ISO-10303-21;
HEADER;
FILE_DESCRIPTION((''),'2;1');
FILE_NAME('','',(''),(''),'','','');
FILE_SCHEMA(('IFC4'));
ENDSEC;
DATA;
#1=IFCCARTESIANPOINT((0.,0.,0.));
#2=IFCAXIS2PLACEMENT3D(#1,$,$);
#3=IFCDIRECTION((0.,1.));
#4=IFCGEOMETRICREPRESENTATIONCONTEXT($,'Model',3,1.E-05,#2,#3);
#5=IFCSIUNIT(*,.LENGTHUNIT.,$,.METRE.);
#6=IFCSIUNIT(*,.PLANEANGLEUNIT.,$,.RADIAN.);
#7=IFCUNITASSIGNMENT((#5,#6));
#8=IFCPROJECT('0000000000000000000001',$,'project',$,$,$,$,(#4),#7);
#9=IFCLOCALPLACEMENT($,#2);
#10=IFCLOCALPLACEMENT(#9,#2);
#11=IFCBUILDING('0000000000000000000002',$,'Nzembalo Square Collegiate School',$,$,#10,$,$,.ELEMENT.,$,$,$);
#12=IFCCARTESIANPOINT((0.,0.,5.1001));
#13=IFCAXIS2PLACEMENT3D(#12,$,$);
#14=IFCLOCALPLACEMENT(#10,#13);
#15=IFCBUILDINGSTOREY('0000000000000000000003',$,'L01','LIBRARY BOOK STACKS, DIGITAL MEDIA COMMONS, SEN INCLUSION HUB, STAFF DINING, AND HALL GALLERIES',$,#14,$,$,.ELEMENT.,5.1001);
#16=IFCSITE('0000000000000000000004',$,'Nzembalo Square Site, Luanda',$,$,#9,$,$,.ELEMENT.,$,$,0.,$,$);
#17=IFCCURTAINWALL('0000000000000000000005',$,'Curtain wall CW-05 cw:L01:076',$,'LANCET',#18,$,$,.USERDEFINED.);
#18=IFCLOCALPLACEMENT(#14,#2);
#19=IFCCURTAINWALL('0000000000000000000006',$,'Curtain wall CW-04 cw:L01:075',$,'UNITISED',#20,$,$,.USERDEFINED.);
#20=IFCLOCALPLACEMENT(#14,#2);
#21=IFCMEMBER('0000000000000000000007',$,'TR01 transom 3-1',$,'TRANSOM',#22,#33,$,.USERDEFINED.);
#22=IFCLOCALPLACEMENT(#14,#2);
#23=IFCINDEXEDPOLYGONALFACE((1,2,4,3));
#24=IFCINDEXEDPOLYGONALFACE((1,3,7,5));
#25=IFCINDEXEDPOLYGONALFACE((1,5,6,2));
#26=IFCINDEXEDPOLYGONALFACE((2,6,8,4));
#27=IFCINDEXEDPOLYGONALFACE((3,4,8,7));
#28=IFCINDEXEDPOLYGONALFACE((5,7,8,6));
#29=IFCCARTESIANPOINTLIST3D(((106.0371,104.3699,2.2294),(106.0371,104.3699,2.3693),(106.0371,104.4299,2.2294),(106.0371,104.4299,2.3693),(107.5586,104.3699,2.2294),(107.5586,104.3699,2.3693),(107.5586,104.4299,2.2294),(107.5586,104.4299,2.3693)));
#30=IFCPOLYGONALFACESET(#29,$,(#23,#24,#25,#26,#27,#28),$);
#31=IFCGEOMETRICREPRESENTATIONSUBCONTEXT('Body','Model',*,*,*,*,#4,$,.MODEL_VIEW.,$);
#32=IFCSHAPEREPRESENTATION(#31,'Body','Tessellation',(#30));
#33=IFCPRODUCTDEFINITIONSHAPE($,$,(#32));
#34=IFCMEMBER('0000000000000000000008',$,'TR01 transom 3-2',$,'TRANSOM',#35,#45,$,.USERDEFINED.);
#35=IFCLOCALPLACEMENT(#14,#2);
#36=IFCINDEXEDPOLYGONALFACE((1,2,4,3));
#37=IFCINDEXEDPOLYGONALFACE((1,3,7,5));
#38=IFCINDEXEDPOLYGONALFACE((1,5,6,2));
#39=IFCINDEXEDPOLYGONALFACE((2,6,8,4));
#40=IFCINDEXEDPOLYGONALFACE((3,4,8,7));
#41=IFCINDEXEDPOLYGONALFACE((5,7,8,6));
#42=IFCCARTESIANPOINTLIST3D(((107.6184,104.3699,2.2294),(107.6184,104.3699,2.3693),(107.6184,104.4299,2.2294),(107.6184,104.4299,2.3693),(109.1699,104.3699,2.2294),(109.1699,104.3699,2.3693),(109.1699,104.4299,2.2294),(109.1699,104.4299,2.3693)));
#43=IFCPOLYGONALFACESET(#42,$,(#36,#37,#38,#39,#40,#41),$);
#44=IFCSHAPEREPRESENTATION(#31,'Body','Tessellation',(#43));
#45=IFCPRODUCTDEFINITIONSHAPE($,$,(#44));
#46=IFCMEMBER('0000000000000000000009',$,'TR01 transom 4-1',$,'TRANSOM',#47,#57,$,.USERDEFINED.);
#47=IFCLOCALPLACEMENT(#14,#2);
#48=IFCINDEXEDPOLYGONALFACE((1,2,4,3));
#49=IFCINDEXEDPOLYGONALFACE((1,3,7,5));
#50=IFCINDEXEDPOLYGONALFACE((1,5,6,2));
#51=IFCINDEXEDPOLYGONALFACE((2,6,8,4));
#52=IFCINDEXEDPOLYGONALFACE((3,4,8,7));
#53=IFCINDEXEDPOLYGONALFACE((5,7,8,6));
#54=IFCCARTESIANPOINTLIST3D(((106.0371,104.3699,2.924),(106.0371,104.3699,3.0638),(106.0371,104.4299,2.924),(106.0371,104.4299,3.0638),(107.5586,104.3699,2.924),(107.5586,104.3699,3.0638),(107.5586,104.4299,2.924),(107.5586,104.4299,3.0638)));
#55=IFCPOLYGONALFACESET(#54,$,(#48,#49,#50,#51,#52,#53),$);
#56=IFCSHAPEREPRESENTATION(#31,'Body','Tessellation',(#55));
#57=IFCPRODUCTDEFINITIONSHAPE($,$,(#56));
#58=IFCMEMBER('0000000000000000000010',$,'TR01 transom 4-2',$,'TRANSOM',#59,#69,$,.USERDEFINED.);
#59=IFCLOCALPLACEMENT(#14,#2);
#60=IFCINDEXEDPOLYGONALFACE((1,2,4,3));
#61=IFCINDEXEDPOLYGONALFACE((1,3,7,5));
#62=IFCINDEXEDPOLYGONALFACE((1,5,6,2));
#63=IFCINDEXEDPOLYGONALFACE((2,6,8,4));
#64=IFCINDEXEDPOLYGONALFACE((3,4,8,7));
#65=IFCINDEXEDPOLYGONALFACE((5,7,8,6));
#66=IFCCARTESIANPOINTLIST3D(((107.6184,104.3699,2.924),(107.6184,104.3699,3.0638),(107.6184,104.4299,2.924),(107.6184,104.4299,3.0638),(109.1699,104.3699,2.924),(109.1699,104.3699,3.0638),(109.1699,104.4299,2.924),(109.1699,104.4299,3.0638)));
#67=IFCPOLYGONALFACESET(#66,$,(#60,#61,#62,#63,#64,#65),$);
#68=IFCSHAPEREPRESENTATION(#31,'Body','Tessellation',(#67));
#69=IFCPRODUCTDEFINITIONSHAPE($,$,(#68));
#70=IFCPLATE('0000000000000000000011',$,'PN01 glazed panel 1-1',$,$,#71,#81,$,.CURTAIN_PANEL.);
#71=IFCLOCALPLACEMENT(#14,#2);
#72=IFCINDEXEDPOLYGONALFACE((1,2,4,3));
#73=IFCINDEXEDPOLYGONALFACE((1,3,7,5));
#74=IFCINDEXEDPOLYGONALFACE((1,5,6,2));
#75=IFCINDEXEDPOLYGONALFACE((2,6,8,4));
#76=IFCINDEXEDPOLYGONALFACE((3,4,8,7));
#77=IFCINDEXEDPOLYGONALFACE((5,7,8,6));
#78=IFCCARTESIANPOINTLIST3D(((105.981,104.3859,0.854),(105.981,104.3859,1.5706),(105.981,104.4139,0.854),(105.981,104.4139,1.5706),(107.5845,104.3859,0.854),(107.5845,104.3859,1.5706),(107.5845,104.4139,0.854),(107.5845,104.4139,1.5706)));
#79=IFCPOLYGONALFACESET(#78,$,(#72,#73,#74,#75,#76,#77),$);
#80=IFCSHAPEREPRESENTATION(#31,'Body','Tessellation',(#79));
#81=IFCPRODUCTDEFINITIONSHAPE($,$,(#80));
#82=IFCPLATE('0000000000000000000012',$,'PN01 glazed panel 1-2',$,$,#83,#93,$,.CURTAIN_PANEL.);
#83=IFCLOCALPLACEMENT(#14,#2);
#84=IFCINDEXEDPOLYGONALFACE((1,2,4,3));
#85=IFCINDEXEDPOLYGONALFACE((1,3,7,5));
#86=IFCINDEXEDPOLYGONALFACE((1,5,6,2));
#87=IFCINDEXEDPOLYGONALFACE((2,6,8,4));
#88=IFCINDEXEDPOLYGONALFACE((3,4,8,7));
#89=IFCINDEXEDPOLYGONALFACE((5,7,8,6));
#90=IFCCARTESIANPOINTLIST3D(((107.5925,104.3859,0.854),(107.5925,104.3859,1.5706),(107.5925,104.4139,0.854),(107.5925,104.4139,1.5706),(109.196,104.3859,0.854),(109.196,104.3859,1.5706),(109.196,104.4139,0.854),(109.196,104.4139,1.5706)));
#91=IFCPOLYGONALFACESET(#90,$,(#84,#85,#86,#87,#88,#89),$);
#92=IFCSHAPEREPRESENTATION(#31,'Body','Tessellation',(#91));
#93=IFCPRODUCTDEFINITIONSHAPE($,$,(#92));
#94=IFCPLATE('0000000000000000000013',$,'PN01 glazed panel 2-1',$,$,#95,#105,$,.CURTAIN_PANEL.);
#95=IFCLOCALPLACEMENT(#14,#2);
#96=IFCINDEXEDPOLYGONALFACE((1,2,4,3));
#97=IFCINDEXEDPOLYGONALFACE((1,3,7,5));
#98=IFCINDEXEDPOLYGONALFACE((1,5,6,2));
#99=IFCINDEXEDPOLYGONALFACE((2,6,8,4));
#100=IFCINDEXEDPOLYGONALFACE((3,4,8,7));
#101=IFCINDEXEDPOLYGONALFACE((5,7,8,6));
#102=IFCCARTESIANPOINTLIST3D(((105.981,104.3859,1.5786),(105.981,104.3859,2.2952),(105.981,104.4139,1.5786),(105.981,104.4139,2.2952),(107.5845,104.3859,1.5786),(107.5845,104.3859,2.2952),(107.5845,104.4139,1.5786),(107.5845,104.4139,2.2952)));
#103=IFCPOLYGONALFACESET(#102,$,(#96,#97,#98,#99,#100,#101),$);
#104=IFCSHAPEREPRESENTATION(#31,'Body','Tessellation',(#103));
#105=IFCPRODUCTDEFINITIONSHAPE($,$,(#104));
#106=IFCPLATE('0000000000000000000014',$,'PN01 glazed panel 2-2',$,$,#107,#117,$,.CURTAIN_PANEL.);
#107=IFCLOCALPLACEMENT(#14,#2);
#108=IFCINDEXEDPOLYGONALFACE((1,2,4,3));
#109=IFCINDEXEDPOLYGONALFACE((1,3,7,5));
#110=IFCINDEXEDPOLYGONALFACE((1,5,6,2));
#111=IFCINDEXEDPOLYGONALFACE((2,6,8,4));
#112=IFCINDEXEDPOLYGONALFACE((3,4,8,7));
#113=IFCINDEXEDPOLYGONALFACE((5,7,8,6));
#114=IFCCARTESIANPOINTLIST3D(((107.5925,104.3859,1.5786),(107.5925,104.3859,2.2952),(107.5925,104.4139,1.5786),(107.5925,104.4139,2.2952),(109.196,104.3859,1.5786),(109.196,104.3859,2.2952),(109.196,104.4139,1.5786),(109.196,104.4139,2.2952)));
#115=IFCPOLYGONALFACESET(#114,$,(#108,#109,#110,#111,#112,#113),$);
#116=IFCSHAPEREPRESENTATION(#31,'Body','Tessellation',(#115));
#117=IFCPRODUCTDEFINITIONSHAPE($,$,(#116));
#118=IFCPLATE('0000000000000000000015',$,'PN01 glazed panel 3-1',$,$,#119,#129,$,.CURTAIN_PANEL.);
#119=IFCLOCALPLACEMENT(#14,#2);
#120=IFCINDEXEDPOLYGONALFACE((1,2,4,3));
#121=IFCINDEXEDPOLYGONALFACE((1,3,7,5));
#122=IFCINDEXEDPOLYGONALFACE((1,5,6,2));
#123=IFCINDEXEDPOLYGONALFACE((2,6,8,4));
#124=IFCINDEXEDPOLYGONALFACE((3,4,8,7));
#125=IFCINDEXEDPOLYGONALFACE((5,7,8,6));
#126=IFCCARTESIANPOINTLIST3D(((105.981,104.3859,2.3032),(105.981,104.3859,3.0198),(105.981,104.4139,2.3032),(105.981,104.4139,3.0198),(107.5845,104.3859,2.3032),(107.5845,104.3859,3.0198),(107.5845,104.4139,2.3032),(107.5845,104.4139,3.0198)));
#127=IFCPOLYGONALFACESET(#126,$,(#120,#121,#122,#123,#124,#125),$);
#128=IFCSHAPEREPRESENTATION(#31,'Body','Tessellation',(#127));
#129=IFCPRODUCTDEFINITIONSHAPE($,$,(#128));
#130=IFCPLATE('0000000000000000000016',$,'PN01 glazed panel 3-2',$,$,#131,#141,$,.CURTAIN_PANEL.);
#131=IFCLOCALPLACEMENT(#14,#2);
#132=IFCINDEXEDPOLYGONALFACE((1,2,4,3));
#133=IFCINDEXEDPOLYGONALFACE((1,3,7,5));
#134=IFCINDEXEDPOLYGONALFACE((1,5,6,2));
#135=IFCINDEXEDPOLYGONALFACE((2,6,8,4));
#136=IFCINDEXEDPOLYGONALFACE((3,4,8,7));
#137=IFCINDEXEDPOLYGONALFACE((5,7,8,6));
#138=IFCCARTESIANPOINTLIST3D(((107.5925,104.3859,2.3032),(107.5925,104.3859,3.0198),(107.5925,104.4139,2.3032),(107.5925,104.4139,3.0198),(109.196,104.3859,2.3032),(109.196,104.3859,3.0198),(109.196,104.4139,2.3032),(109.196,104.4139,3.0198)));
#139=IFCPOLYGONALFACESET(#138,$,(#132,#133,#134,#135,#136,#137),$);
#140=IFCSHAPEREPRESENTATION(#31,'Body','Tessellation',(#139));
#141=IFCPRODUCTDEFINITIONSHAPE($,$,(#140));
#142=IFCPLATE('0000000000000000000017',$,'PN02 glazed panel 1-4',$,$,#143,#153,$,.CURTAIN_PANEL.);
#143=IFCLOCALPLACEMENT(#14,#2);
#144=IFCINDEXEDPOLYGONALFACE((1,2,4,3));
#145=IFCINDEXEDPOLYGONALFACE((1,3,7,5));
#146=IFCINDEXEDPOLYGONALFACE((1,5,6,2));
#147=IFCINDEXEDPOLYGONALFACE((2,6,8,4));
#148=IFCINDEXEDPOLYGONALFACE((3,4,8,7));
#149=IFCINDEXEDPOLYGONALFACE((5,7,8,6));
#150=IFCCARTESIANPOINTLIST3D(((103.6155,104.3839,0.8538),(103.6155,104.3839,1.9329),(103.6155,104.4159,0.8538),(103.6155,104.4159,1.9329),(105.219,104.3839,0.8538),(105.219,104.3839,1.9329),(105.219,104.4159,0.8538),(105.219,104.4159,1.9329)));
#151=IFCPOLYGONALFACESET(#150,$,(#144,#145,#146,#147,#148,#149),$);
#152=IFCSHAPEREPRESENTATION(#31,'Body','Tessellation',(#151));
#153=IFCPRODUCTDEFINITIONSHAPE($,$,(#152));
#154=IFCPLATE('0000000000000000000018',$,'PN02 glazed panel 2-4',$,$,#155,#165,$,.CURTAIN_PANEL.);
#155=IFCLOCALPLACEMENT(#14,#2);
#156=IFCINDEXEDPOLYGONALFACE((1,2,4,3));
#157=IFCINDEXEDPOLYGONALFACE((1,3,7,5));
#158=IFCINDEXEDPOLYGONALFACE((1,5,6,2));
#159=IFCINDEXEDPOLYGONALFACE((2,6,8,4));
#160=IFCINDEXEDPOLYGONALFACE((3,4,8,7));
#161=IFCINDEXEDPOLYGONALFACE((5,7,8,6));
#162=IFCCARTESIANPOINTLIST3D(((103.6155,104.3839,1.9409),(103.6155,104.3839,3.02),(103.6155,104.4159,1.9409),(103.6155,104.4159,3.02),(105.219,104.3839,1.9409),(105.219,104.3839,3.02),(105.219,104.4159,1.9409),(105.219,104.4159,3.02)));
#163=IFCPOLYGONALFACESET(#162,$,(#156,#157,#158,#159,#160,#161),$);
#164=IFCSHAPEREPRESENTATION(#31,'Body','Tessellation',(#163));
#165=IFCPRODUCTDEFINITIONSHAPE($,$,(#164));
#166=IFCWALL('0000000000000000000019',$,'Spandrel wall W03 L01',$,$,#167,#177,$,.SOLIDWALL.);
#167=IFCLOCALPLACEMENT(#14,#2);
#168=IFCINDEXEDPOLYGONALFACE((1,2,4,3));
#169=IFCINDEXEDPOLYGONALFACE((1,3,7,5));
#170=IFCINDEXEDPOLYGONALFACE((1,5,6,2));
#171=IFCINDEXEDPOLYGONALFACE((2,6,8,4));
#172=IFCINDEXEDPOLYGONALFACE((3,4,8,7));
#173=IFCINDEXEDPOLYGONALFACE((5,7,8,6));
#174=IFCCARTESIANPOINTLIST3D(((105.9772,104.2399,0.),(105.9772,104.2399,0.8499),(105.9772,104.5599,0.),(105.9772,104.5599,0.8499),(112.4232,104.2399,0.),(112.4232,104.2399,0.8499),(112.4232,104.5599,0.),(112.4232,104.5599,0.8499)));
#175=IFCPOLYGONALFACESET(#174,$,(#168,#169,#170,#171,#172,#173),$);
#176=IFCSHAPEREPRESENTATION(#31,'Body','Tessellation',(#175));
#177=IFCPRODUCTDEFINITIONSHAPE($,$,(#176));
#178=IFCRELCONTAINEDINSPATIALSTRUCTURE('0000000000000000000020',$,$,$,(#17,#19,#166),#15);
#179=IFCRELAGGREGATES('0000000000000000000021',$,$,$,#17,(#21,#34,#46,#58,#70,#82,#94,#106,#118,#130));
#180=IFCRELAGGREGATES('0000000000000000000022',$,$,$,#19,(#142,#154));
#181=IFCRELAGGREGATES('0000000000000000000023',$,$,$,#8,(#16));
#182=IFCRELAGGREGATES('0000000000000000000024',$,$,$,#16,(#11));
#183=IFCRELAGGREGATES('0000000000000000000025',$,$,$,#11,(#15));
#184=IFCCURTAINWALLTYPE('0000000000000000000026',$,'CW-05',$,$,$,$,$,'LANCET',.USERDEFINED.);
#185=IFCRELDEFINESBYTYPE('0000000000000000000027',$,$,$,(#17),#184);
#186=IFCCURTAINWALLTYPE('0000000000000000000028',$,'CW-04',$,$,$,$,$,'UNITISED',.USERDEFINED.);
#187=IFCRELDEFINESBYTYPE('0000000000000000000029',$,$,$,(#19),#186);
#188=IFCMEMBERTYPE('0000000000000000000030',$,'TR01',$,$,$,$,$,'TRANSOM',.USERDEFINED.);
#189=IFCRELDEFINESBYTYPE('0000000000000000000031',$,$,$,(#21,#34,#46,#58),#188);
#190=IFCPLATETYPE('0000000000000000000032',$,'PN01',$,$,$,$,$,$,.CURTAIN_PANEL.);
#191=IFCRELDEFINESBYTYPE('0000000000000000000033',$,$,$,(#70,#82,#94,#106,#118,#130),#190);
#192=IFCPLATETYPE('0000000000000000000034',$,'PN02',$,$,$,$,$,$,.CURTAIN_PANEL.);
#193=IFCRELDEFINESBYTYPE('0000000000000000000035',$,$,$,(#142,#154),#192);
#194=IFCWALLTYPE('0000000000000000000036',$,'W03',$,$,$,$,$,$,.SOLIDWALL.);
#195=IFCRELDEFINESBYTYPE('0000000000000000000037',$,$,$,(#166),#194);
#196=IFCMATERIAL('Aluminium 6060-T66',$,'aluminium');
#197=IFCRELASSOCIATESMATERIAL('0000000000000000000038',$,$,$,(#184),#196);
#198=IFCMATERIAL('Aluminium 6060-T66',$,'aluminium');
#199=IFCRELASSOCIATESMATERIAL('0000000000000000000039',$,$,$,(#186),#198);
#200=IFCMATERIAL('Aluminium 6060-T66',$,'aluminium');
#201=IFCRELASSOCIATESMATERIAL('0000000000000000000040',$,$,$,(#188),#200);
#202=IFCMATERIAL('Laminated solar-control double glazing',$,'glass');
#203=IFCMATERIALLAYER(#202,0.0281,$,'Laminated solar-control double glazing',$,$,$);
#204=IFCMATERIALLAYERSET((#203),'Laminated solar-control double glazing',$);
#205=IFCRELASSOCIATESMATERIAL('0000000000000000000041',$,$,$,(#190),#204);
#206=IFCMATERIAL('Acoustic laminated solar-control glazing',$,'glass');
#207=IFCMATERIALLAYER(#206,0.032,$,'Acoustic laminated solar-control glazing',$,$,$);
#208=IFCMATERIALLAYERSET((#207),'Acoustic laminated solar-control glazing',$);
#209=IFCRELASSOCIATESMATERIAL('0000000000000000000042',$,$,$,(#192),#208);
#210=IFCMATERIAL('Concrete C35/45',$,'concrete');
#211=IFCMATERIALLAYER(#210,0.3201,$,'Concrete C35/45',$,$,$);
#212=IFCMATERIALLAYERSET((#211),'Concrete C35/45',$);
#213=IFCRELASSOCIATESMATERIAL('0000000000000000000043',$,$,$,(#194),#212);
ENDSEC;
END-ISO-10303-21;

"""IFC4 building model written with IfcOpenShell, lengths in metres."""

from ifc_helpers import new_model, si_unit, direction, frame, frame_2d, origin, origin_2d, place, context, subcontext, project, spatial, rectangle, extrude, material, layer, layer_set, material_profile, profile_set, type_object, element, aggregate, save


model = new_model("IFC4")

# Units and contexts
model_context = context("Model", 3, precision=1e-05, world=origin(), true_north=direction((0.0, 1.0)))
body_context = subcontext(model_context, "Body", "Model", "MODEL_VIEW")
ifc_project = project(units=[si_unit("LENGTHUNIT", "METRE"), si_unit("PLANEANGLEUNIT", "RADIAN")], contexts=[model_context])

# Site, building, storey
site_placement = place(None, origin())
site = spatial("IfcSite", under=ifc_project, at=site_placement, Name="Nzembalo Square Site, Luanda", CompositionType="ELEMENT", RefElevation=0.0)
building_placement = place(site_placement, origin())
building = spatial("IfcBuilding", under=site, at=building_placement, Name="Nzembalo Square Collegiate School", CompositionType="ELEMENT")
storey_placement = place(building_placement, frame((0.0, 0.0, 5.1001)))
storey = spatial("IfcBuildingStorey", under=building, at=storey_placement, Name="L01", Description="LIBRARY BOOK STACKS, DIGITAL MEDIA COMMONS, SEN INCLUSION HUB, STAFF DINING, AND HALL GALLERIES", CompositionType="ELEMENT", Elevation=5.1001)

# Curtain wall
ifc_material_1 = material(Name="Aluminium 6060-T66", Category="aluminium")
curtain_wall_type_1 = type_object("IfcCurtainWallType", Name="CW-05", ElementType="LANCET", PredefinedType="USERDEFINED", material=ifc_material_1)
curtain_wall_1_placement = place(storey_placement, origin())
curtain_wall_1 = element("IfcCurtainWall", 1, at=curtain_wall_1_placement, inside=storey, type_object=curtain_wall_type_1, Name="Curtain wall CW-05 cw:L01:076", ObjectType="LANCET", PredefinedType="USERDEFINED")

# Curtain wall
ifc_material_2 = material(Name="Aluminium 6060-T66", Category="aluminium")
curtain_wall_type_2 = type_object("IfcCurtainWallType", Name="CW-04", ElementType="UNITISED", PredefinedType="USERDEFINED", material=ifc_material_2)
curtain_wall_2_placement = place(storey_placement, origin())
curtain_wall_2 = element("IfcCurtainWall", 2, at=curtain_wall_2_placement, inside=storey, type_object=curtain_wall_type_2, Name="Curtain wall CW-04 cw:L01:075", ObjectType="UNITISED", PredefinedType="USERDEFINED")

# Members
ifc_material_3 = material(Name="Aluminium 6060-T66", Category="aluminium")
ifc_material_profile_1 = material_profile(ifc_material_3, rectangle(XDim=0.0601, YDim=0.1399, at=origin_2d()), Name="ALU T60x140")
ifc_profile_set_1 = profile_set([ifc_material_profile_1], Name="Aluminium 6060-T66")
member_type_1 = type_object("IfcMemberType", Name="TR01", ElementType="TRANSOM", PredefinedType="USERDEFINED", material=ifc_profile_set_1)
member_1_placement = place(storey_placement, frame((106.0371, 104.3999, 2.2993), z_axis=(1.0, 0.0, 0.0), x_axis=(0.0, 1.0, 0.0)))
member_1 = element("IfcMember", 3, at=member_1_placement, type_object=member_type_1, Name="TR01 transom 3-1", ObjectType="TRANSOM", PredefinedType="USERDEFINED", context=body_context, shape_type="SweptSolid", body=[
    extrude(rectangle(XDim=0.0601, YDim=0.1399, at=origin_2d()), origin(), (0.0, 0.0, 1.0), 1.5215),
])
member_2_placement = place(storey_placement, frame((107.6184, 104.3999, 2.2993), z_axis=(1.0, 0.0, 0.0), x_axis=(0.0, 1.0, 0.0)))
member_2 = element("IfcMember", 4, at=member_2_placement, type_object=member_type_1, Name="TR01 transom 3-2", ObjectType="TRANSOM", PredefinedType="USERDEFINED", context=body_context, shape_type="SweptSolid", body=[
    extrude(rectangle(XDim=0.0601, YDim=0.1399, at=origin_2d()), origin(), (0.0, 0.0, 1.0), 1.5515),
])
member_3_placement = place(storey_placement, frame((106.0371, 104.3999, 2.9939), z_axis=(1.0, 0.0, 0.0), x_axis=(0.0, 1.0, 0.0)))
member_3 = element("IfcMember", 5, at=member_3_placement, type_object=member_type_1, Name="TR01 transom 4-1", ObjectType="TRANSOM", PredefinedType="USERDEFINED", context=body_context, shape_type="SweptSolid", body=[
    extrude(rectangle(XDim=0.0601, YDim=0.1399, at=origin_2d()), origin(), (0.0, 0.0, 1.0), 1.5215),
])
member_4_placement = place(storey_placement, frame((107.6184, 104.3999, 2.9939), z_axis=(1.0, 0.0, 0.0), x_axis=(0.0, 1.0, 0.0)))
member_4 = element("IfcMember", 6, at=member_4_placement, type_object=member_type_1, Name="TR01 transom 4-2", ObjectType="TRANSOM", PredefinedType="USERDEFINED", context=body_context, shape_type="SweptSolid", body=[
    extrude(rectangle(XDim=0.0601, YDim=0.1399, at=origin_2d()), origin(), (0.0, 0.0, 1.0), 1.5515),
])

# Plates
ifc_material_4 = material(Name="Laminated solar-control double glazing", Category="glass")
ifc_layer_1 = layer(ifc_material_4, 0.0281, Name="Laminated solar-control double glazing")
ifc_layer_set_1 = layer_set([ifc_layer_1], Name="Laminated solar-control double glazing")
plate_type_1 = type_object("IfcPlateType", Name="PN01", PredefinedType="CURTAIN_PANEL", material=ifc_layer_set_1)
plate_1_placement = place(storey_placement, frame((106.7827, 104.3999, 0.854), z_axis=(0.0, 0.0, 1.0), x_axis=(1.0, 0.0, 0.0)))
plate_1 = element("IfcPlate", 7, at=plate_1_placement, type_object=plate_type_1, Name="PN01 glazed panel 1-1", PredefinedType="CURTAIN_PANEL", context=body_context, shape_type="SweptSolid", body=[
    extrude(rectangle(XDim=1.6035, YDim=0.0281, at=origin_2d()), origin(), (0.0, 0.0, 1.0), 0.7166),
])
plate_2_placement = place(storey_placement, frame((108.3943, 104.3999, 0.854), z_axis=(0.0, 0.0, 1.0), x_axis=(1.0, 0.0, 0.0)))
plate_2 = element("IfcPlate", 8, at=plate_2_placement, type_object=plate_type_1, Name="PN01 glazed panel 1-2", PredefinedType="CURTAIN_PANEL", context=body_context, shape_type="SweptSolid", body=[
    extrude(rectangle(XDim=1.6035, YDim=0.0281, at=origin_2d()), origin(), (0.0, 0.0, 1.0), 0.7166),
])
plate_3_placement = place(storey_placement, frame((106.7827, 104.3999, 1.5786), z_axis=(0.0, 0.0, 1.0), x_axis=(1.0, 0.0, 0.0)))
plate_3 = element("IfcPlate", 9, at=plate_3_placement, type_object=plate_type_1, Name="PN01 glazed panel 2-1", PredefinedType="CURTAIN_PANEL", context=body_context, shape_type="SweptSolid", body=[
    extrude(rectangle(XDim=1.6035, YDim=0.0281, at=origin_2d()), origin(), (0.0, 0.0, 1.0), 0.7166),
])
plate_4_placement = place(storey_placement, frame((108.3943, 104.3999, 1.5786), z_axis=(0.0, 0.0, 1.0), x_axis=(1.0, 0.0, 0.0)))
plate_4 = element("IfcPlate", 10, at=plate_4_placement, type_object=plate_type_1, Name="PN01 glazed panel 2-2", PredefinedType="CURTAIN_PANEL", context=body_context, shape_type="SweptSolid", body=[
    extrude(rectangle(XDim=1.6035, YDim=0.0281, at=origin_2d()), origin(), (0.0, 0.0, 1.0), 0.7166),
])
plate_5_placement = place(storey_placement, frame((106.7827, 104.3999, 2.3032), z_axis=(0.0, 0.0, 1.0), x_axis=(1.0, 0.0, 0.0)))
plate_5 = element("IfcPlate", 11, at=plate_5_placement, type_object=plate_type_1, Name="PN01 glazed panel 3-1", PredefinedType="CURTAIN_PANEL", context=body_context, shape_type="SweptSolid", body=[
    extrude(rectangle(XDim=1.6035, YDim=0.0281, at=origin_2d()), origin(), (0.0, 0.0, 1.0), 0.7166),
])
plate_6_placement = place(storey_placement, frame((108.3943, 104.3999, 2.3032), z_axis=(0.0, 0.0, 1.0), x_axis=(1.0, 0.0, 0.0)))
plate_6 = element("IfcPlate", 12, at=plate_6_placement, type_object=plate_type_1, Name="PN01 glazed panel 3-2", PredefinedType="CURTAIN_PANEL", context=body_context, shape_type="SweptSolid", body=[
    extrude(rectangle(XDim=1.6035, YDim=0.0281, at=origin_2d()), origin(), (0.0, 0.0, 1.0), 0.7166),
])
aggregate(curtain_wall_1, [member_1, member_2, member_3, member_4, plate_1, plate_2, plate_3, plate_4, plate_5, plate_6])
ifc_material_5 = material(Name="Acoustic laminated solar-control glazing", Category="glass")
ifc_layer_2 = layer(ifc_material_5, 0.032, Name="Acoustic laminated solar-control glazing")
ifc_layer_set_2 = layer_set([ifc_layer_2], Name="Acoustic laminated solar-control glazing")
plate_type_2 = type_object("IfcPlateType", Name="PN02", PredefinedType="CURTAIN_PANEL", material=ifc_layer_set_2)
plate_7_placement = place(storey_placement, frame((104.4172, 104.3999, 0.8538), z_axis=(0.0, 0.0, 1.0), x_axis=(1.0, 0.0, 0.0)))
plate_7 = element("IfcPlate", 13, at=plate_7_placement, type_object=plate_type_2, Name="PN02 glazed panel 1-4", PredefinedType="CURTAIN_PANEL", context=body_context, shape_type="SweptSolid", body=[
    extrude(rectangle(XDim=1.6035, YDim=0.032, at=origin_2d()), origin(), (0.0, 0.0, 1.0), 1.0791),
])
plate_8_placement = place(storey_placement, frame((104.4172, 104.3999, 1.9409), z_axis=(0.0, 0.0, 1.0), x_axis=(1.0, 0.0, 0.0)))
plate_8 = element("IfcPlate", 14, at=plate_8_placement, type_object=plate_type_2, Name="PN02 glazed panel 2-4", PredefinedType="CURTAIN_PANEL", context=body_context, shape_type="SweptSolid", body=[
    extrude(rectangle(XDim=1.6035, YDim=0.032, at=origin_2d()), origin(), (0.0, 0.0, 1.0), 1.0791),
])
aggregate(curtain_wall_2, [plate_7, plate_8])

# Wall
ifc_material_6 = material(Name="Concrete C35/45", Category="concrete")
ifc_layer_3 = layer(ifc_material_6, 0.3201, Name="Concrete C35/45")
ifc_layer_set_3 = layer_set([ifc_layer_3], Name="Concrete C35/45")
wall_type = type_object("IfcWallType", Name="W03", PredefinedType="SOLIDWALL", material=ifc_layer_set_3)
wall_placement = place(storey_placement, frame((105.9771, 104.3999, 0.0), z_axis=(0.0, 0.0, 1.0), x_axis=(1.0, 0.0, 0.0)))
element("IfcWall", 15, at=wall_placement, inside=storey, type_object=wall_type, Name="Spandrel wall W03 L01", PredefinedType="SOLIDWALL", context=body_context, shape_type="SweptSolid", body=[
    extrude(rectangle(XDim=6.446, YDim=0.3201, at=frame_2d((3.2231, 0.0))), origin(), (0.0, 0.0, 1.0), 0.8499),
])

save(model, "model.ifc")
